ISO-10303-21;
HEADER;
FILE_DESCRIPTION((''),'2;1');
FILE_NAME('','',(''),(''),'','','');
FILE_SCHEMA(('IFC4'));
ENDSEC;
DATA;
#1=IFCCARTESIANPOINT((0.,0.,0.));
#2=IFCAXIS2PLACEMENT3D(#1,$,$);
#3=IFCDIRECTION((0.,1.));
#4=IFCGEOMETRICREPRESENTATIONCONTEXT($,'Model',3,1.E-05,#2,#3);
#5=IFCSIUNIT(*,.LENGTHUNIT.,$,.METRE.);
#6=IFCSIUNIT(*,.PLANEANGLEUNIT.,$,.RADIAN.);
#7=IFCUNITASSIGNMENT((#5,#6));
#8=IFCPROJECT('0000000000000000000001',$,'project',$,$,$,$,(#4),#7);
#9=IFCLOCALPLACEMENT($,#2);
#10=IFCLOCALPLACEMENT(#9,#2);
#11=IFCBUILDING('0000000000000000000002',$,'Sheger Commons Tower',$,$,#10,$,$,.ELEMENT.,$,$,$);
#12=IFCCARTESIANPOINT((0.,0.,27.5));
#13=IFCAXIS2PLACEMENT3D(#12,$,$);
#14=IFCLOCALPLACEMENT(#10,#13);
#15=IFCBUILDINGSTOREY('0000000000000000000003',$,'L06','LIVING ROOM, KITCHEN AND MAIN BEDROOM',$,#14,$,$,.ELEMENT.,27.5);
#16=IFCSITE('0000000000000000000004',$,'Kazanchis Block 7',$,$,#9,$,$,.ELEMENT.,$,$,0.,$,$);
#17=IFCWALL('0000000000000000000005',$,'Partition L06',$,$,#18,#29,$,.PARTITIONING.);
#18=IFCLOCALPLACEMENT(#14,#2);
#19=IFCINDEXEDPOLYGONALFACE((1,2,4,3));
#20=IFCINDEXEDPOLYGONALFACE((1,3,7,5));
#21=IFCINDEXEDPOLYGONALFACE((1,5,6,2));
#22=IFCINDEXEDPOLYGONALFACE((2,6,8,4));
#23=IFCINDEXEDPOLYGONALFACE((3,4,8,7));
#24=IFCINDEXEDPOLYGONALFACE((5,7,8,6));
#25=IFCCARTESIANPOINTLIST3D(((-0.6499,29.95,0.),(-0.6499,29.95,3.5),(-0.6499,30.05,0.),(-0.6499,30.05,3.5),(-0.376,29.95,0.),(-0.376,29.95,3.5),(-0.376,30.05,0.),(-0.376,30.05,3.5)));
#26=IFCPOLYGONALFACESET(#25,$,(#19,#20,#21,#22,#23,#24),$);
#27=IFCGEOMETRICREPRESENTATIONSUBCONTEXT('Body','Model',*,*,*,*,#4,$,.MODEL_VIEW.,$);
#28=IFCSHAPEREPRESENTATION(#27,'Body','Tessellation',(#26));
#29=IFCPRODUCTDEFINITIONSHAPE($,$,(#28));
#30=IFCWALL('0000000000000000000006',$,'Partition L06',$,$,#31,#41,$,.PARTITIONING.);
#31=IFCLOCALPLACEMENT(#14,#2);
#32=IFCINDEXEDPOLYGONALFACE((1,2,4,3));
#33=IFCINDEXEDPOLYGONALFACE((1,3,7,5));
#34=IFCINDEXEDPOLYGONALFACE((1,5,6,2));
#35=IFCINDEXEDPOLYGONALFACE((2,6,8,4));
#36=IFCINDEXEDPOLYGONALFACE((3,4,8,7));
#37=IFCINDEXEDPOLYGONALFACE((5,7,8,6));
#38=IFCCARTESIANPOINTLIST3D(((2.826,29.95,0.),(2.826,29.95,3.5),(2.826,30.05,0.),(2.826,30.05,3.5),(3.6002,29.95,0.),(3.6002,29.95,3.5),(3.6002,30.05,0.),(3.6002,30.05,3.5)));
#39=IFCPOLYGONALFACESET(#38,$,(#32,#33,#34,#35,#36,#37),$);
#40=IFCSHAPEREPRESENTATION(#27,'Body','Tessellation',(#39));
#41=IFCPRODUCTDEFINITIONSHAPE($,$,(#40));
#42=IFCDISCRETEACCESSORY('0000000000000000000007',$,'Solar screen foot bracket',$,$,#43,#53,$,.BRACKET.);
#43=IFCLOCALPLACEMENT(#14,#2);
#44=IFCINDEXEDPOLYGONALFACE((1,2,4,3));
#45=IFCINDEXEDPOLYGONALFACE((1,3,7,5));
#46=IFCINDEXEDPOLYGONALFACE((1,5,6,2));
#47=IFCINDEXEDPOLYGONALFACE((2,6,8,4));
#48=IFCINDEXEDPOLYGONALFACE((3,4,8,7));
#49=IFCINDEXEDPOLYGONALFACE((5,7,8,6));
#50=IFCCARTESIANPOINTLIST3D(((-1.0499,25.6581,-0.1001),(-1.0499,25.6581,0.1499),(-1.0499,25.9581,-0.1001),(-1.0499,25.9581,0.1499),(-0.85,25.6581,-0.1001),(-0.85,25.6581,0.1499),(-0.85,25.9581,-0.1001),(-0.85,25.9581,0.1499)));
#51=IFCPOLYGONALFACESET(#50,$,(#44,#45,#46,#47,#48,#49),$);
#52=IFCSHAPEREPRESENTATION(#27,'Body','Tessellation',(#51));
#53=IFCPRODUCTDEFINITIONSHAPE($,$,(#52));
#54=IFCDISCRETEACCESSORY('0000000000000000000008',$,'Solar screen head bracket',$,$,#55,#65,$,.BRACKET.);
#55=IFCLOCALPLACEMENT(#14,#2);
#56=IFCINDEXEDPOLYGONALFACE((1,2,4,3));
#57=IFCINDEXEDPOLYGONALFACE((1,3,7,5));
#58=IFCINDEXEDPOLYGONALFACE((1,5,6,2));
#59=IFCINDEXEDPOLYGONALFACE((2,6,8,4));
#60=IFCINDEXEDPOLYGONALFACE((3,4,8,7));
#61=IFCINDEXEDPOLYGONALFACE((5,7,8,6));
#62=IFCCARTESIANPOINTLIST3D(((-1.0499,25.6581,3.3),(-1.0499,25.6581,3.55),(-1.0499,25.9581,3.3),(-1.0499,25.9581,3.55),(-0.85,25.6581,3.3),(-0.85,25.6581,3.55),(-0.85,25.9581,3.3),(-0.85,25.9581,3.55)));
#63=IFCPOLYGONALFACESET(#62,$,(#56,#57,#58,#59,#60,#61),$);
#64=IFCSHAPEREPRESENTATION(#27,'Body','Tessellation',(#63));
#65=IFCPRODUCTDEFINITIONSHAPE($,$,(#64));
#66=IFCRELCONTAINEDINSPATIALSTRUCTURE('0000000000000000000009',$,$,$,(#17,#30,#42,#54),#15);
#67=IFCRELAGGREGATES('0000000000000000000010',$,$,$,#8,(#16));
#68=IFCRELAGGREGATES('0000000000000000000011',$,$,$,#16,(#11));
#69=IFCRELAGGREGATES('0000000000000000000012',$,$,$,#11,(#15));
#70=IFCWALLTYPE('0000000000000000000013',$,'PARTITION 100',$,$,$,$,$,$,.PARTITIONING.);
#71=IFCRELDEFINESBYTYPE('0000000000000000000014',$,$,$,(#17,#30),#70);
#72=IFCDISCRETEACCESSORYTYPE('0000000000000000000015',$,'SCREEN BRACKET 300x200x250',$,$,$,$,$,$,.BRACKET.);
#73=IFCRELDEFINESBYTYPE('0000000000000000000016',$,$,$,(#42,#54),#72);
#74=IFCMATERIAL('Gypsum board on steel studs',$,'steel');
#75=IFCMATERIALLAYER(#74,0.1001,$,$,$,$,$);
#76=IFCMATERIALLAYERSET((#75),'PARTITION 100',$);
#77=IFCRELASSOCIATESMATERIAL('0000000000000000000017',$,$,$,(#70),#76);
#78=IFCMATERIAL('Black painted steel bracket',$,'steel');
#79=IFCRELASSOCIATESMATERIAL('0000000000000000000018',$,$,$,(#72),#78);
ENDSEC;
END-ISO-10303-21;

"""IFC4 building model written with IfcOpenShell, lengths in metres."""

from ifc_helpers import new_model, si_unit, direction, frame, frame_2d, origin, origin_2d, place, context, subcontext, project, spatial, rectangle, extrude, material, layer, layer_set, type_object, element, save


model = new_model("IFC4")

# Units and contexts
model_context = context("Model", 3, precision=1e-05, world=origin(), true_north=direction((0.0, 1.0)))
body_context = subcontext(model_context, "Body", "Model", "MODEL_VIEW")
ifc_project = project(units=[si_unit("LENGTHUNIT", "METRE"), si_unit("PLANEANGLEUNIT", "RADIAN")], contexts=[model_context])

# Site, building, storey
site_placement = place(None, origin())
site = spatial("IfcSite", under=ifc_project, at=site_placement, Name="Kazanchis Block 7", CompositionType="ELEMENT", RefElevation=0.0)
building_placement = place(site_placement, origin())
building = spatial("IfcBuilding", under=site, at=building_placement, Name="Sheger Commons Tower", CompositionType="ELEMENT")
storey_placement = place(building_placement, frame((0.0, 0.0, 27.5)))
storey = spatial("IfcBuildingStorey", under=building, at=storey_placement, Name="L06", Description="LIVING ROOM, KITCHEN AND MAIN BEDROOM", CompositionType="ELEMENT", Elevation=27.5)

# Shared definitions
ifc_material_1 = material(Name="Gypsum board on steel studs", Category="steel")
ifc_layer_1 = layer(ifc_material_1, 0.1001)
ifc_layer_set_1 = layer_set([ifc_layer_1], Name="PARTITION 100")
wall_type_1 = type_object("IfcWallType", Name="PARTITION 100", PredefinedType="PARTITIONING", material=ifc_layer_set_1)

# Walls
wall_1_placement = place(storey_placement, frame((-0.6499, 30.0, 0.0), z_axis=(0.0, 0.0, 1.0), x_axis=(1.0, 0.0, 0.0)))
element("IfcWall", 1, at=wall_1_placement, inside=storey, type_object=wall_type_1, Name="Partition L06", PredefinedType="PARTITIONING", context=body_context, shape_type="SweptSolid", body=[
    extrude(rectangle(XDim=0.2739, YDim=0.1001, at=frame_2d((0.137, 0.0))), origin(), (0.0, 0.0, 1.0), 3.5),
])
wall_2_placement = place(storey_placement, frame((2.8259, 30.0, 0.0), z_axis=(0.0, 0.0, 1.0), x_axis=(1.0, 0.0, 0.0)))
element("IfcWall", 2, at=wall_2_placement, inside=storey, type_object=wall_type_1, Name="Partition L06", PredefinedType="PARTITIONING", context=body_context, shape_type="SweptSolid", body=[
    extrude(rectangle(XDim=0.7742, YDim=0.1001, at=frame_2d((0.3872, 0.0))), origin(), (0.0, 0.0, 1.0), 3.5),
])

# Discrete accessories
ifc_material_2 = material(Name="Black painted steel bracket", Category="steel")
discrete_accessory_type = type_object("IfcDiscreteAccessoryType", Name="SCREEN BRACKET 300x200x250", PredefinedType="BRACKET", material=ifc_material_2)
for number, where, z_axis, x_axis, name in (
    (3, (-0.95, 25.8081, -0.1001), (0.0, 0.0, 1.0), (0.0, -1.0, 0.0), "Solar screen foot bracket"),
    (4, (-0.95, 25.8081, 3.3), (0.0, 0.0, 1.0), (0.0, -1.0, 0.0), "Solar screen head bracket"),
):
    element("IfcDiscreteAccessory", number, at=place(storey_placement, frame(where, z_axis=z_axis, x_axis=x_axis)), inside=storey, type_object=discrete_accessory_type, Name=name, PredefinedType="BRACKET", context=body_context, shape_type="SweptSolid", body=[
        extrude(rectangle(XDim=0.3, YDim=0.2, at=origin_2d()), origin(), (0.0, 0.0, 1.0), 0.25),
    ])

save(model, "model.ifc")
